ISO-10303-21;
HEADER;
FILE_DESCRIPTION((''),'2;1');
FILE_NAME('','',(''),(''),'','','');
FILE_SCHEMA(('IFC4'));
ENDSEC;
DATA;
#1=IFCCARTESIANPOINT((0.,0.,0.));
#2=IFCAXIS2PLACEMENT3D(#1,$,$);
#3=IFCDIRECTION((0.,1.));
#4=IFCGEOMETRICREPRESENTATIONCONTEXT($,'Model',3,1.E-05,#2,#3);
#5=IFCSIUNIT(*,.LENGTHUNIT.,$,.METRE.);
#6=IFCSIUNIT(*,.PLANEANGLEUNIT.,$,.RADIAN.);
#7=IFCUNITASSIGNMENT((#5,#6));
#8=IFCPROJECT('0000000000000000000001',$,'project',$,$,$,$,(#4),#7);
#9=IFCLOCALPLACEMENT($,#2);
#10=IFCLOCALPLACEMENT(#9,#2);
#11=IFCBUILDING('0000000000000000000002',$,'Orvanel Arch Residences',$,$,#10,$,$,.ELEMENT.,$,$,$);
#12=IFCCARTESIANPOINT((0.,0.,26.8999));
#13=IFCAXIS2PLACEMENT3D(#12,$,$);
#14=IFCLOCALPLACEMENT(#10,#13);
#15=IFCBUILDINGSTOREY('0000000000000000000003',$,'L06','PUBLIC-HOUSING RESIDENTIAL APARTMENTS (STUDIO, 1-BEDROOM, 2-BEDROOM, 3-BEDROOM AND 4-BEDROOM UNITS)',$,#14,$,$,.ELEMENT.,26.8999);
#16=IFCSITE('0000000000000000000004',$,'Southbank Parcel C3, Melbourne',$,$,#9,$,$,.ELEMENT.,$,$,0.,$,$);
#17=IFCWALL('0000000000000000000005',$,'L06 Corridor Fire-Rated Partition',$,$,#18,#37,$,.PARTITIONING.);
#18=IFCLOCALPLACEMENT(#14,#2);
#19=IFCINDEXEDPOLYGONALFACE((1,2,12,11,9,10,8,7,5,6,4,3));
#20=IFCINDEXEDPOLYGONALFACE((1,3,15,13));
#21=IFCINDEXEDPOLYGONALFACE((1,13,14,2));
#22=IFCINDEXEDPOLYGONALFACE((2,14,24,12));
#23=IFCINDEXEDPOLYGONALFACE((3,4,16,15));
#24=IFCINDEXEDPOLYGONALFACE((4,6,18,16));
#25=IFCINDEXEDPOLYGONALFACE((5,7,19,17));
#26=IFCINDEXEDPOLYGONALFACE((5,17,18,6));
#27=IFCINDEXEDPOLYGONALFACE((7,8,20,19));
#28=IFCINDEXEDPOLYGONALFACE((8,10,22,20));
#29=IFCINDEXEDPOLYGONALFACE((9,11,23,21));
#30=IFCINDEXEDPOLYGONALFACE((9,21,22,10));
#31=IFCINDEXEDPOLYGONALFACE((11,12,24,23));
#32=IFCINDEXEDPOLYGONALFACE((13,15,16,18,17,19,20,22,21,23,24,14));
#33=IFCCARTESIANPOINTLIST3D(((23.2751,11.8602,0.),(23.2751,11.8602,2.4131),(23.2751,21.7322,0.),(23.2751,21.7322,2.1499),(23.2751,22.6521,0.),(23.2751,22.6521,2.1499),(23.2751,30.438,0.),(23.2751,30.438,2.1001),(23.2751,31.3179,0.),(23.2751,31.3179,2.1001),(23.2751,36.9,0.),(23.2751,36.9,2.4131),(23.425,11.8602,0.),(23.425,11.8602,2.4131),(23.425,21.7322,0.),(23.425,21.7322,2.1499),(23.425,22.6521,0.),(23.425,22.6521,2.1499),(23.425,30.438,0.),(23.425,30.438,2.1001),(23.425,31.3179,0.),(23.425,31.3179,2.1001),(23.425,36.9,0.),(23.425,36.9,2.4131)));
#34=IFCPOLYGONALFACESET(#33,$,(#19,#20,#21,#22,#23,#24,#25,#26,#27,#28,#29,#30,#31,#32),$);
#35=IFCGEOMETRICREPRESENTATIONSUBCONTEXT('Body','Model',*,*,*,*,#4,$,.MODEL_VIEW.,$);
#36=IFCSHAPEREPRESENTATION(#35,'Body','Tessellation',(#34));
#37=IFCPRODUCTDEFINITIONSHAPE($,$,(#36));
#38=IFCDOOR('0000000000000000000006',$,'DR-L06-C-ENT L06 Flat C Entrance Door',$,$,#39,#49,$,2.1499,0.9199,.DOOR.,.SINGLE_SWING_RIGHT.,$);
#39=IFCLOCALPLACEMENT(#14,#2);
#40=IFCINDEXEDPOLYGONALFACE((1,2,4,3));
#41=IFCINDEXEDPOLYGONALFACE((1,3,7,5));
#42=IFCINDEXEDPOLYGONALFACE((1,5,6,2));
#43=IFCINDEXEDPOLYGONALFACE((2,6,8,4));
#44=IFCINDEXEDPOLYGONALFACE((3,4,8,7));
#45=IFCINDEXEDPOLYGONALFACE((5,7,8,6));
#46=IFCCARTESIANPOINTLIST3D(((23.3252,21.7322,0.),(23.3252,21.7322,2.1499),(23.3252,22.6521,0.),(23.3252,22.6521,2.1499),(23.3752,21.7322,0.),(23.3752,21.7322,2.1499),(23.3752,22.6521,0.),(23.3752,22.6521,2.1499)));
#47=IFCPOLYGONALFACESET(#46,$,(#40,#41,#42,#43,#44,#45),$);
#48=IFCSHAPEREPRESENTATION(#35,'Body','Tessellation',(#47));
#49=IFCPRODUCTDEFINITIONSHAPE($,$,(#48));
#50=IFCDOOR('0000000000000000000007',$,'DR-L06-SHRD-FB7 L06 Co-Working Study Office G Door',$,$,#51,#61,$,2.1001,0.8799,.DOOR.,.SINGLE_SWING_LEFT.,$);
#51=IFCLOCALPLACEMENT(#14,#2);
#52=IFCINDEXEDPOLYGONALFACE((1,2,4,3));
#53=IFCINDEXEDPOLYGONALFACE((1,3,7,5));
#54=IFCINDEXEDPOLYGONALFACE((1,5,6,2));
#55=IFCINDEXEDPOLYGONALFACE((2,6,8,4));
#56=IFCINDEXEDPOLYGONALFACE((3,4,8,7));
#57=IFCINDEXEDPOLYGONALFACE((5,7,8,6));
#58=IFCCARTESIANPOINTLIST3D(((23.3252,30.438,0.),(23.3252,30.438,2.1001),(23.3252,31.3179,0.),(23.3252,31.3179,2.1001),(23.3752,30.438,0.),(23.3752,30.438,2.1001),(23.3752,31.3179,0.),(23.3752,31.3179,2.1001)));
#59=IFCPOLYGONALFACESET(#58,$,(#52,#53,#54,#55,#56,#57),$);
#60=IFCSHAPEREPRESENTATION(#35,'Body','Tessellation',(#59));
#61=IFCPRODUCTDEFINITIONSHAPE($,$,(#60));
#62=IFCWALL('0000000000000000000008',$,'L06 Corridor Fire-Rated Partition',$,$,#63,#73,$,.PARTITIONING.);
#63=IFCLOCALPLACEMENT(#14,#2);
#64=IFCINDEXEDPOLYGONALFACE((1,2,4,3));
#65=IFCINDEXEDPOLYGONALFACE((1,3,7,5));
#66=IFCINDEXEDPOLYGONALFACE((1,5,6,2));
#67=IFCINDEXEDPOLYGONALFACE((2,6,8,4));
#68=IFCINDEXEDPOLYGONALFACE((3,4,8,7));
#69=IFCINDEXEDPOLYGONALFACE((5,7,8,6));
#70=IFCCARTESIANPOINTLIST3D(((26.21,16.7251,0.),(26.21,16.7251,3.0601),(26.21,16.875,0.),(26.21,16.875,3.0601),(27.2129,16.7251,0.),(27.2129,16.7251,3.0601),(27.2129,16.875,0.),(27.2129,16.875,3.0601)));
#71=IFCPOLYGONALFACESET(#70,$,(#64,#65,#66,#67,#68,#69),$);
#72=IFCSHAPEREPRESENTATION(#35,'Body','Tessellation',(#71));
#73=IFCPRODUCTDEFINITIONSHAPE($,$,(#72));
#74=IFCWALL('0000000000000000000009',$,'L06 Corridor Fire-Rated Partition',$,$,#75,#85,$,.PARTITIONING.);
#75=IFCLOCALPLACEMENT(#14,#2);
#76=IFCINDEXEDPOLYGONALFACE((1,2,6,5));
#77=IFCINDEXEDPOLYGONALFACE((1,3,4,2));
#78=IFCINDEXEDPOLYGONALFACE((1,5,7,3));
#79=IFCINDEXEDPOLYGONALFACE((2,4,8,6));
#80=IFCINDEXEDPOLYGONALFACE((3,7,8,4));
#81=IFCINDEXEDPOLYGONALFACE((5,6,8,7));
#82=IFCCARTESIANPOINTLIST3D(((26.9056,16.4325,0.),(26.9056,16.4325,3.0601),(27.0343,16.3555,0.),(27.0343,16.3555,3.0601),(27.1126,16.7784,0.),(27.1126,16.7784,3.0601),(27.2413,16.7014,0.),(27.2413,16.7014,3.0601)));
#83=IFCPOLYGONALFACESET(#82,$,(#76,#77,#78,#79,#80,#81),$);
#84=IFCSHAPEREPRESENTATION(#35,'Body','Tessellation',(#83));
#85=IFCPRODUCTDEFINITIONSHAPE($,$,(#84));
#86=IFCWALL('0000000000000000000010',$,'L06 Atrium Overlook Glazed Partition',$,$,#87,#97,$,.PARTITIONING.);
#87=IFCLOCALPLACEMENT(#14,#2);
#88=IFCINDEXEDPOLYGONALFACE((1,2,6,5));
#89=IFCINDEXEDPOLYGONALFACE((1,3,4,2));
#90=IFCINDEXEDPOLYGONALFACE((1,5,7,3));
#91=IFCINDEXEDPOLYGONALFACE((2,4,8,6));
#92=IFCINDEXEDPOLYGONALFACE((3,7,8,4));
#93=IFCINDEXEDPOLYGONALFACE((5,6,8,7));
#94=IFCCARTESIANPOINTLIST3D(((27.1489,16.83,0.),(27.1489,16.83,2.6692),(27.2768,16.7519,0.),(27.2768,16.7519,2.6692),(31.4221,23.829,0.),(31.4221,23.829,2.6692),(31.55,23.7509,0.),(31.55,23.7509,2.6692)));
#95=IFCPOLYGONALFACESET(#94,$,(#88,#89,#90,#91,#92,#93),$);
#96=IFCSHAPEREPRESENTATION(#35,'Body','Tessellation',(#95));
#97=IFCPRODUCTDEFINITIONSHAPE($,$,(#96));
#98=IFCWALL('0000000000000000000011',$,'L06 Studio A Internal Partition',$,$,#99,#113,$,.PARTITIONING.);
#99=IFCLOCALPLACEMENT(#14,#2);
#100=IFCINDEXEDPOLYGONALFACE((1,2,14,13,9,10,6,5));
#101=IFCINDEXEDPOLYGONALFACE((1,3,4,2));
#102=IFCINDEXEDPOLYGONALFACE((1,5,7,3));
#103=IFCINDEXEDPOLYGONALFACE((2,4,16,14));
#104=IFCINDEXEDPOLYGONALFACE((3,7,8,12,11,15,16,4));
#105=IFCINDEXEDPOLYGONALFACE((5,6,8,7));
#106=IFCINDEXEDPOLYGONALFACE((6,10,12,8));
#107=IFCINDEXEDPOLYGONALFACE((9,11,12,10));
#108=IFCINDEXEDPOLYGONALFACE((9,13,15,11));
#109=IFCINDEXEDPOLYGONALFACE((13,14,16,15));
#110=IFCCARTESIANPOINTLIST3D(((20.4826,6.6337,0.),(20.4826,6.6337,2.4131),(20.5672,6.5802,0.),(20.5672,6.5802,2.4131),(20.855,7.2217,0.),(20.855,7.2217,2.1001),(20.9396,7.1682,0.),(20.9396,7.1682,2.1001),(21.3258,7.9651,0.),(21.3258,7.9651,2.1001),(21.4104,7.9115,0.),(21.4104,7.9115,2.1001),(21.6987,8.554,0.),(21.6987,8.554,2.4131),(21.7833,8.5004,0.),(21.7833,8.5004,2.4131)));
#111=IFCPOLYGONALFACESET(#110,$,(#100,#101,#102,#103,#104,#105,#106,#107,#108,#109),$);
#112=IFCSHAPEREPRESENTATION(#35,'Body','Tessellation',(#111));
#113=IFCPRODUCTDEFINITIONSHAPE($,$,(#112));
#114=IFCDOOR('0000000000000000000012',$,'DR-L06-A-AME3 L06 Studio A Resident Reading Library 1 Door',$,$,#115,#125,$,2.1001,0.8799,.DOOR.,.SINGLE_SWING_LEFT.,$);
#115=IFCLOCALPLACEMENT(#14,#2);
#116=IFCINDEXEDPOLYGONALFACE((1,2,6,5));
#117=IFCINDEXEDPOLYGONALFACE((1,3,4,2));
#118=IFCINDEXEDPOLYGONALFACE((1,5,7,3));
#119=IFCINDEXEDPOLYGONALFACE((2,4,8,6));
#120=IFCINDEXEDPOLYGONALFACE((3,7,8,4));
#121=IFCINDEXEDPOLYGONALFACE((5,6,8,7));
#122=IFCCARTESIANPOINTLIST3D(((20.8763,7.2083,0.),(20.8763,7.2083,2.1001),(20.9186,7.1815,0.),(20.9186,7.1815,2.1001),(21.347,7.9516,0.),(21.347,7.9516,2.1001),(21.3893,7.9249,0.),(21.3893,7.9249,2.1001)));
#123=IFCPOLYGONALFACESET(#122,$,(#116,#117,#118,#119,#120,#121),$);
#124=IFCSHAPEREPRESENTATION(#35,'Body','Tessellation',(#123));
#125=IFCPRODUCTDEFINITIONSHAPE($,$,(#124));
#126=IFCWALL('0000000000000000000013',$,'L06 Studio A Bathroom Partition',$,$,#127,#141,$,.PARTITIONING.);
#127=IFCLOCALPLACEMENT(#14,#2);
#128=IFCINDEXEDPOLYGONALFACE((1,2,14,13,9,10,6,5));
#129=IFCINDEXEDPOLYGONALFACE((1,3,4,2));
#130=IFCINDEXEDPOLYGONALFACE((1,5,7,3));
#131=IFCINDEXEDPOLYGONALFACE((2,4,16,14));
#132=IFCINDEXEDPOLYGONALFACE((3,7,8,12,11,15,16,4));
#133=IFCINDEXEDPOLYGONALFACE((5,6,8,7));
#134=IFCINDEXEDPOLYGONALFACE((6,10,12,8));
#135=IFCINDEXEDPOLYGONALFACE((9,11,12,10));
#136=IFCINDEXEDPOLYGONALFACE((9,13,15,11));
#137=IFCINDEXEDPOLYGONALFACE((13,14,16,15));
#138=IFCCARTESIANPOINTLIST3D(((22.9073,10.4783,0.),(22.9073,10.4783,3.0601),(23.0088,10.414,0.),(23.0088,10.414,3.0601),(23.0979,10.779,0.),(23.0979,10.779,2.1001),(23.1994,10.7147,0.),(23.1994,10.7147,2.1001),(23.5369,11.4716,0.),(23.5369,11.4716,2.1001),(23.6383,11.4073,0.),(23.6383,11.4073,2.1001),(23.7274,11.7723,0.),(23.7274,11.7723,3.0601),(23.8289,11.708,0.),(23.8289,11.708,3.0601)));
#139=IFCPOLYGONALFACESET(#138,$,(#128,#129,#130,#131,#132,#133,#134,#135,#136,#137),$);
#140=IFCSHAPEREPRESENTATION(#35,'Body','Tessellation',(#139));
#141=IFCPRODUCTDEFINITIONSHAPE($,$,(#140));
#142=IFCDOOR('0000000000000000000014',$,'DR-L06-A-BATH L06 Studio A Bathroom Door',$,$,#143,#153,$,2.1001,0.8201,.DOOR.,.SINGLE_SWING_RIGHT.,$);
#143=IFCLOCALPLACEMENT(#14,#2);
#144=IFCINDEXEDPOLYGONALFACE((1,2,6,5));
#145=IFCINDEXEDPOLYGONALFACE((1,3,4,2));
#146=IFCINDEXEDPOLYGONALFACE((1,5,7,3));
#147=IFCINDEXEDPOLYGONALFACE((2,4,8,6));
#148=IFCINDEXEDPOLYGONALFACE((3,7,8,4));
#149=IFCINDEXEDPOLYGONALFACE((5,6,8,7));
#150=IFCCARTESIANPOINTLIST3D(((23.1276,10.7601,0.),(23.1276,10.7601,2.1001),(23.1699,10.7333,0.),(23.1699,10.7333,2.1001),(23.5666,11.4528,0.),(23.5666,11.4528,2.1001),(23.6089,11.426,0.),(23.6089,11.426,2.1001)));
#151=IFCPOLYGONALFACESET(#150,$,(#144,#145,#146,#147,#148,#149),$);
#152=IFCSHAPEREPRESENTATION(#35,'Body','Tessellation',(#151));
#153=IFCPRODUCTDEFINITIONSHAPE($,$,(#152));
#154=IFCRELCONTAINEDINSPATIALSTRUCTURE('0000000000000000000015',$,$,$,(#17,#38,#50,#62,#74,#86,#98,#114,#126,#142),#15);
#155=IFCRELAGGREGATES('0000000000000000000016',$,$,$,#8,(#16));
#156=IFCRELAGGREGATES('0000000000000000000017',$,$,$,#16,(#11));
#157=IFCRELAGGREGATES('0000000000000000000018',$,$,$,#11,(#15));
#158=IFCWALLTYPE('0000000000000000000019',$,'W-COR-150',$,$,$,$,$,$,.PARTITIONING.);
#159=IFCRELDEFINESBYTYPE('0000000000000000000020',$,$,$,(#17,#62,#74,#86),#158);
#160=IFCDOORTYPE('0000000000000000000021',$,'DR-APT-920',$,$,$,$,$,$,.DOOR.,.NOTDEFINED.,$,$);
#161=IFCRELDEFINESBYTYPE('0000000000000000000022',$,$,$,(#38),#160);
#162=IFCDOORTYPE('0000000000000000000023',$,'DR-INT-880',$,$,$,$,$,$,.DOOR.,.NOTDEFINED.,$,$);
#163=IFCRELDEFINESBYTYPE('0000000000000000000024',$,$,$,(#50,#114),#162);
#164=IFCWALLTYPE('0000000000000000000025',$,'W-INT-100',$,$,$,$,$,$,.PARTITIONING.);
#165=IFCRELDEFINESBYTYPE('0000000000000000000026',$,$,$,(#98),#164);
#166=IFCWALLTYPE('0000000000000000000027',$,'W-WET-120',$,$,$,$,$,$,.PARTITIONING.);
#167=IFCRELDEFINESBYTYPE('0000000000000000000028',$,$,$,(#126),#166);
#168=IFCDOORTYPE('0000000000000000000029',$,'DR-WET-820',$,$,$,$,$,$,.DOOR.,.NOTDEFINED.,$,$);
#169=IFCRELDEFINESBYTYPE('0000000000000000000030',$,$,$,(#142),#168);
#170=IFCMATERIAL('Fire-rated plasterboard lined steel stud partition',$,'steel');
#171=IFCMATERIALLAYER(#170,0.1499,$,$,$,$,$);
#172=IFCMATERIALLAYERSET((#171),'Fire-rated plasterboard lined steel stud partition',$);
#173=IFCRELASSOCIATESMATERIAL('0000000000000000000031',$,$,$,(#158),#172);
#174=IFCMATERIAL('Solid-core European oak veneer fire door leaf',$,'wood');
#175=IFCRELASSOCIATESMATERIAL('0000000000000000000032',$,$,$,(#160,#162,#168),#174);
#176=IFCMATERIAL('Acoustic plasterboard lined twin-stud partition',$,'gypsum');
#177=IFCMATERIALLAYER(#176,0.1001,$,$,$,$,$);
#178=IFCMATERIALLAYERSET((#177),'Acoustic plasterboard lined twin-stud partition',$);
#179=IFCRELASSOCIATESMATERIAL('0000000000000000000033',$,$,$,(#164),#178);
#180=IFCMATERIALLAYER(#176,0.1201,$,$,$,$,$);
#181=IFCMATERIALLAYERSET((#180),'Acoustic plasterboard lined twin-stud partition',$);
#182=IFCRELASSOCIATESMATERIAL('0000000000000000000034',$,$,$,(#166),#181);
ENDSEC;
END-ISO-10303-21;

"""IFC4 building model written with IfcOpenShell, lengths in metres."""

from ifc_helpers import new_model, si_unit, direction, frame, frame_2d, origin, place, context, subcontext, project, spatial, rectangle, extrude, material, layer, layer_set, type_object, element, fill, save


model = new_model("IFC4")

# Units and contexts
model_context = context("Model", 3, precision=1e-05, world=origin(), true_north=direction((0.0, 1.0)))
body_context = subcontext(model_context, "Body", "Model", "MODEL_VIEW")
ifc_project = project(units=[si_unit("LENGTHUNIT", "METRE"), si_unit("PLANEANGLEUNIT", "RADIAN")], contexts=[model_context])

# Site, building, storey
site_placement = place(None, origin())
site = spatial("IfcSite", under=ifc_project, at=site_placement, Name="Southbank Parcel C3, Melbourne", CompositionType="ELEMENT", RefElevation=0.0)
building_placement = place(site_placement, origin())
building = spatial("IfcBuilding", under=site, at=building_placement, Name="Orvanel Arch Residences", CompositionType="ELEMENT")
storey_placement = place(building_placement, frame((0.0, 0.0, 26.8999)))
storey = spatial("IfcBuildingStorey", under=building, at=storey_placement, Name="L06", Description="PUBLIC-HOUSING RESIDENTIAL APARTMENTS (STUDIO, 1-BEDROOM, 2-BEDROOM, 3-BEDROOM AND 4-BEDROOM UNITS)", CompositionType="ELEMENT", Elevation=26.8999)

# Wall, openings, doors
ifc_material_1 = material(Name="Fire-rated plasterboard lined steel stud partition", Category="steel")
ifc_layer_1 = layer(ifc_material_1, 0.1499)
ifc_layer_set_1 = layer_set([ifc_layer_1], Name="Fire-rated plasterboard lined steel stud partition")
wall_type_1 = type_object("IfcWallType", Name="W-COR-150", PredefinedType="PARTITIONING", material=ifc_layer_set_1)
wall_1_placement = place(storey_placement, frame((23.3501, 11.8601, 0.0), z_axis=(0.0, 0.0, 1.0), x_axis=(0.0, 1.0, 0.0)))
wall_1 = element("IfcWall", 1, at=wall_1_placement, inside=storey, type_object=wall_type_1, Name="L06 Corridor Fire-Rated Partition", PredefinedType="PARTITIONING", context=body_context, shape_type="SweptSolid", body=[
    extrude(rectangle(XDim=25.0398, YDim=0.1499, at=frame_2d((12.52, 0.0))), origin(), (0.0, 0.0, 1.0), 2.4131),
])
opening_1_placement = place(wall_1_placement, frame((9.8721, 0.0, 0.0)))
opening_1 = element("IfcOpeningElement", 2, at=opening_1_placement, cuts=wall_1, PredefinedType="OPENING", context=body_context, shape_type="SweptSolid", body=[
    extrude(rectangle(XDim=0.9199, YDim=2.1499, at=frame_2d((0.46, 1.075))), frame((0.0, 0.085, 0.0), z_axis=(0.0, -1.0, 0.0), x_axis=(1.0, 0.0, 0.0)), (0.0, 0.0, 1.0), 0.1699),
])
opening_2_placement = place(wall_1_placement, frame((18.5779, 0.0, 0.0)))
opening_2 = element("IfcOpeningElement", 3, at=opening_2_placement, cuts=wall_1, PredefinedType="OPENING", context=body_context, shape_type="SweptSolid", body=[
    extrude(rectangle(XDim=0.8799, YDim=2.1001, at=frame_2d((0.4399, 1.05))), frame((0.0, 0.085, 0.0), z_axis=(0.0, -1.0, 0.0), x_axis=(1.0, 0.0, 0.0)), (0.0, 0.0, 1.0), 0.1699),
])
ifc_material_2 = material(Name="Solid-core European oak veneer fire door leaf", Category="wood")
door_type_1 = type_object("IfcDoorType", Name="DR-APT-920", OperationType="NOTDEFINED", PredefinedType="DOOR", material=ifc_material_2)
door_1_placement = place(opening_1_placement, origin())
door_1 = element("IfcDoor", 4, at=door_1_placement, inside=storey, type_object=door_type_1, Name="DR-L06-C-ENT L06 Flat C Entrance Door", OperationType="SINGLE_SWING_RIGHT", OverallHeight=2.1499, OverallWidth=0.9199, PredefinedType="DOOR", context=body_context, shape_type="SweptSolid", body=[
    extrude(rectangle(XDim=0.9199, YDim=2.1499, at=frame_2d((0.46, 1.075))), frame((0.0, 0.0249, 0.0), z_axis=(0.0, -1.0, 0.0), x_axis=(1.0, 0.0, 0.0)), (0.0, 0.0, 1.0), 0.05),
])
fill(opening_1, door_1)
door_type_2 = type_object("IfcDoorType", Name="DR-INT-880", OperationType="NOTDEFINED", PredefinedType="DOOR", material=ifc_material_2)
door_2_placement = place(opening_2_placement, origin())
door_2 = element("IfcDoor", 5, at=door_2_placement, inside=storey, type_object=door_type_2, Name="DR-L06-SHRD-FB7 L06 Co-Working Study Office G Door", OperationType="SINGLE_SWING_LEFT", OverallHeight=2.1001, OverallWidth=0.8799, PredefinedType="DOOR", context=body_context, shape_type="SweptSolid", body=[
    extrude(rectangle(XDim=0.8799, YDim=2.1001, at=frame_2d((0.4399, 1.05))), frame((0.0, 0.0249, 0.0), z_axis=(0.0, -1.0, 0.0), x_axis=(1.0, 0.0, 0.0)), (0.0, 0.0, 1.0), 0.05),
])
fill(opening_2, door_2)

# Walls
wall_2_placement = place(storey_placement, frame((26.21, 16.8, 0.0), z_axis=(0.0, 0.0, 1.0), x_axis=(1.0, 0.0, 0.0)))
element("IfcWall", 6, at=wall_2_placement, inside=storey, type_object=wall_type_1, Name="L06 Corridor Fire-Rated Partition", PredefinedType="PARTITIONING", context=body_context, shape_type="SweptSolid", body=[
    extrude(rectangle(XDim=1.0029, YDim=0.1499, at=frame_2d((0.5015, 0.0))), origin(), (0.0, 0.0, 1.0), 3.0601),
])
wall_3_placement = place(storey_placement, frame((27.177, 16.74, 0.0), z_axis=(0.0, 0.0, 1.0), x_axis=(-0.513516, -0.85808, 0.0)))
element("IfcWall", 7, at=wall_3_placement, inside=storey, type_object=wall_type_1, Name="L06 Corridor Fire-Rated Partition", PredefinedType="PARTITIONING", context=body_context, shape_type="SweptSolid", body=[
    extrude(rectangle(XDim=0.4031, YDim=0.1499, at=frame_2d((0.2017, 0.0))), origin(), (0.0, 0.0, 1.0), 3.0601),
])
wall_4_placement = place(storey_placement, frame((27.2129, 16.791, 0.0), z_axis=(0.0, 0.0, 1.0), x_axis=(0.521096, 0.853498, 0.0)))
element("IfcWall", 8, at=wall_4_placement, inside=storey, type_object=wall_type_1, Name="L06 Atrium Overlook Glazed Partition", PredefinedType="PARTITIONING", context=body_context, shape_type="SweptSolid", body=[
    extrude(rectangle(XDim=8.2004, YDim=0.1499, at=frame_2d((4.1001, 0.0))), origin(), (0.0, 0.0, 1.0), 2.6692),
])

# Walls, openings, doors
ifc_material_3 = material(Name="Acoustic plasterboard lined twin-stud partition", Category="gypsum")
ifc_layer_2 = layer(ifc_material_3, 0.1001)
ifc_layer_set_2 = layer_set([ifc_layer_2], Name="Acoustic plasterboard lined twin-stud partition")
wall_type_2 = type_object("IfcWallType", Name="W-INT-100", PredefinedType="PARTITIONING", material=ifc_layer_set_2)
wall_5_placement = place(storey_placement, frame((20.5249, 6.6069, 0.0), z_axis=(0.0, 0.0, 1.0), x_axis=(0.535039, 0.844827, 0.0)))
wall_5 = element("IfcWall", 9, at=wall_5_placement, inside=storey, type_object=wall_type_2, Name="L06 Studio A Internal Partition", PredefinedType="PARTITIONING", context=body_context, shape_type="SweptSolid", body=[
    extrude(rectangle(XDim=2.2729, YDim=0.1001, at=frame_2d((1.1365, 0.0))), origin(), (0.0, 0.0, 1.0), 2.4131),
])
opening_3_placement = place(wall_5_placement, frame((0.696, 0.0, 0.0)))
opening_3 = element("IfcOpeningElement", 10, at=opening_3_placement, cuts=wall_5, PredefinedType="OPENING", context=body_context, shape_type="SweptSolid", body=[
    extrude(rectangle(XDim=0.8799, YDim=2.1001, at=frame_2d((0.4399, 1.05))), frame((0.0, 0.0601, 0.0), z_axis=(0.0, -1.0, 0.0), x_axis=(1.0, 0.0, 0.0)), (0.0, 0.0, 1.0), 0.1201),
])
door_3_placement = place(opening_3_placement, origin())
door_3 = element("IfcDoor", 11, at=door_3_placement, inside=storey, type_object=door_type_2, Name="DR-L06-A-AME3 L06 Studio A Resident Reading Library 1 Door", OperationType="SINGLE_SWING_LEFT", OverallHeight=2.1001, OverallWidth=0.8799, PredefinedType="DOOR", context=body_context, shape_type="SweptSolid", body=[
    extrude(rectangle(XDim=0.8799, YDim=2.1001, at=frame_2d((0.4399, 1.05))), frame((0.0, 0.0249, 0.0), z_axis=(0.0, -1.0, 0.0), x_axis=(1.0, 0.0, 0.0)), (0.0, 0.0, 1.0), 0.05),
])
fill(opening_3, door_3)
ifc_layer_3 = layer(ifc_material_3, 0.1201)
ifc_layer_set_3 = layer_set([ifc_layer_3], Name="Acoustic plasterboard lined twin-stud partition")
wall_type_3 = type_object("IfcWallType", Name="W-WET-120", PredefinedType="PARTITIONING", material=ifc_layer_set_3)
wall_6_placement = place(storey_placement, frame((22.958, 10.446, 0.0), z_axis=(0.0, 0.0, 1.0), x_axis=(0.535317, 0.844651, 0.0)))
wall_6 = element("IfcWall", 12, at=wall_6_placement, inside=storey, type_object=wall_type_3, Name="L06 Studio A Bathroom Partition", PredefinedType="PARTITIONING", context=body_context, shape_type="SweptSolid", body=[
    extrude(rectangle(XDim=1.532, YDim=0.1201, at=frame_2d((0.7661, 0.0))), origin(), (0.0, 0.0, 1.0), 3.0601),
])
opening_4_placement = place(wall_6_placement, frame((0.356, 0.0, 0.0)))
opening_4 = element("IfcOpeningElement", 13, at=opening_4_placement, cuts=wall_6, PredefinedType="OPENING", context=body_context, shape_type="SweptSolid", body=[
    extrude(rectangle(XDim=0.8201, YDim=2.1001, at=frame_2d((0.4102, 1.05))), frame((0.0, 0.0701, 0.0), z_axis=(0.0, -1.0, 0.0), x_axis=(1.0, 0.0, 0.0)), (0.0, 0.0, 1.0), 0.1401),
])
door_type_3 = type_object("IfcDoorType", Name="DR-WET-820", OperationType="NOTDEFINED", PredefinedType="DOOR", material=ifc_material_2)
door_4_placement = place(opening_4_placement, origin())
door_4 = element("IfcDoor", 14, at=door_4_placement, inside=storey, type_object=door_type_3, Name="DR-L06-A-BATH L06 Studio A Bathroom Door", OperationType="SINGLE_SWING_RIGHT", OverallHeight=2.1001, OverallWidth=0.8201, PredefinedType="DOOR", context=body_context, shape_type="SweptSolid", body=[
    extrude(rectangle(XDim=0.8201, YDim=2.1001, at=frame_2d((0.4102, 1.05))), frame((0.0, 0.0249, 0.0), z_axis=(0.0, -1.0, 0.0), x_axis=(1.0, 0.0, 0.0)), (0.0, 0.0, 1.0), 0.05),
])
fill(opening_4, door_4)

save(model, "model.ifc")
